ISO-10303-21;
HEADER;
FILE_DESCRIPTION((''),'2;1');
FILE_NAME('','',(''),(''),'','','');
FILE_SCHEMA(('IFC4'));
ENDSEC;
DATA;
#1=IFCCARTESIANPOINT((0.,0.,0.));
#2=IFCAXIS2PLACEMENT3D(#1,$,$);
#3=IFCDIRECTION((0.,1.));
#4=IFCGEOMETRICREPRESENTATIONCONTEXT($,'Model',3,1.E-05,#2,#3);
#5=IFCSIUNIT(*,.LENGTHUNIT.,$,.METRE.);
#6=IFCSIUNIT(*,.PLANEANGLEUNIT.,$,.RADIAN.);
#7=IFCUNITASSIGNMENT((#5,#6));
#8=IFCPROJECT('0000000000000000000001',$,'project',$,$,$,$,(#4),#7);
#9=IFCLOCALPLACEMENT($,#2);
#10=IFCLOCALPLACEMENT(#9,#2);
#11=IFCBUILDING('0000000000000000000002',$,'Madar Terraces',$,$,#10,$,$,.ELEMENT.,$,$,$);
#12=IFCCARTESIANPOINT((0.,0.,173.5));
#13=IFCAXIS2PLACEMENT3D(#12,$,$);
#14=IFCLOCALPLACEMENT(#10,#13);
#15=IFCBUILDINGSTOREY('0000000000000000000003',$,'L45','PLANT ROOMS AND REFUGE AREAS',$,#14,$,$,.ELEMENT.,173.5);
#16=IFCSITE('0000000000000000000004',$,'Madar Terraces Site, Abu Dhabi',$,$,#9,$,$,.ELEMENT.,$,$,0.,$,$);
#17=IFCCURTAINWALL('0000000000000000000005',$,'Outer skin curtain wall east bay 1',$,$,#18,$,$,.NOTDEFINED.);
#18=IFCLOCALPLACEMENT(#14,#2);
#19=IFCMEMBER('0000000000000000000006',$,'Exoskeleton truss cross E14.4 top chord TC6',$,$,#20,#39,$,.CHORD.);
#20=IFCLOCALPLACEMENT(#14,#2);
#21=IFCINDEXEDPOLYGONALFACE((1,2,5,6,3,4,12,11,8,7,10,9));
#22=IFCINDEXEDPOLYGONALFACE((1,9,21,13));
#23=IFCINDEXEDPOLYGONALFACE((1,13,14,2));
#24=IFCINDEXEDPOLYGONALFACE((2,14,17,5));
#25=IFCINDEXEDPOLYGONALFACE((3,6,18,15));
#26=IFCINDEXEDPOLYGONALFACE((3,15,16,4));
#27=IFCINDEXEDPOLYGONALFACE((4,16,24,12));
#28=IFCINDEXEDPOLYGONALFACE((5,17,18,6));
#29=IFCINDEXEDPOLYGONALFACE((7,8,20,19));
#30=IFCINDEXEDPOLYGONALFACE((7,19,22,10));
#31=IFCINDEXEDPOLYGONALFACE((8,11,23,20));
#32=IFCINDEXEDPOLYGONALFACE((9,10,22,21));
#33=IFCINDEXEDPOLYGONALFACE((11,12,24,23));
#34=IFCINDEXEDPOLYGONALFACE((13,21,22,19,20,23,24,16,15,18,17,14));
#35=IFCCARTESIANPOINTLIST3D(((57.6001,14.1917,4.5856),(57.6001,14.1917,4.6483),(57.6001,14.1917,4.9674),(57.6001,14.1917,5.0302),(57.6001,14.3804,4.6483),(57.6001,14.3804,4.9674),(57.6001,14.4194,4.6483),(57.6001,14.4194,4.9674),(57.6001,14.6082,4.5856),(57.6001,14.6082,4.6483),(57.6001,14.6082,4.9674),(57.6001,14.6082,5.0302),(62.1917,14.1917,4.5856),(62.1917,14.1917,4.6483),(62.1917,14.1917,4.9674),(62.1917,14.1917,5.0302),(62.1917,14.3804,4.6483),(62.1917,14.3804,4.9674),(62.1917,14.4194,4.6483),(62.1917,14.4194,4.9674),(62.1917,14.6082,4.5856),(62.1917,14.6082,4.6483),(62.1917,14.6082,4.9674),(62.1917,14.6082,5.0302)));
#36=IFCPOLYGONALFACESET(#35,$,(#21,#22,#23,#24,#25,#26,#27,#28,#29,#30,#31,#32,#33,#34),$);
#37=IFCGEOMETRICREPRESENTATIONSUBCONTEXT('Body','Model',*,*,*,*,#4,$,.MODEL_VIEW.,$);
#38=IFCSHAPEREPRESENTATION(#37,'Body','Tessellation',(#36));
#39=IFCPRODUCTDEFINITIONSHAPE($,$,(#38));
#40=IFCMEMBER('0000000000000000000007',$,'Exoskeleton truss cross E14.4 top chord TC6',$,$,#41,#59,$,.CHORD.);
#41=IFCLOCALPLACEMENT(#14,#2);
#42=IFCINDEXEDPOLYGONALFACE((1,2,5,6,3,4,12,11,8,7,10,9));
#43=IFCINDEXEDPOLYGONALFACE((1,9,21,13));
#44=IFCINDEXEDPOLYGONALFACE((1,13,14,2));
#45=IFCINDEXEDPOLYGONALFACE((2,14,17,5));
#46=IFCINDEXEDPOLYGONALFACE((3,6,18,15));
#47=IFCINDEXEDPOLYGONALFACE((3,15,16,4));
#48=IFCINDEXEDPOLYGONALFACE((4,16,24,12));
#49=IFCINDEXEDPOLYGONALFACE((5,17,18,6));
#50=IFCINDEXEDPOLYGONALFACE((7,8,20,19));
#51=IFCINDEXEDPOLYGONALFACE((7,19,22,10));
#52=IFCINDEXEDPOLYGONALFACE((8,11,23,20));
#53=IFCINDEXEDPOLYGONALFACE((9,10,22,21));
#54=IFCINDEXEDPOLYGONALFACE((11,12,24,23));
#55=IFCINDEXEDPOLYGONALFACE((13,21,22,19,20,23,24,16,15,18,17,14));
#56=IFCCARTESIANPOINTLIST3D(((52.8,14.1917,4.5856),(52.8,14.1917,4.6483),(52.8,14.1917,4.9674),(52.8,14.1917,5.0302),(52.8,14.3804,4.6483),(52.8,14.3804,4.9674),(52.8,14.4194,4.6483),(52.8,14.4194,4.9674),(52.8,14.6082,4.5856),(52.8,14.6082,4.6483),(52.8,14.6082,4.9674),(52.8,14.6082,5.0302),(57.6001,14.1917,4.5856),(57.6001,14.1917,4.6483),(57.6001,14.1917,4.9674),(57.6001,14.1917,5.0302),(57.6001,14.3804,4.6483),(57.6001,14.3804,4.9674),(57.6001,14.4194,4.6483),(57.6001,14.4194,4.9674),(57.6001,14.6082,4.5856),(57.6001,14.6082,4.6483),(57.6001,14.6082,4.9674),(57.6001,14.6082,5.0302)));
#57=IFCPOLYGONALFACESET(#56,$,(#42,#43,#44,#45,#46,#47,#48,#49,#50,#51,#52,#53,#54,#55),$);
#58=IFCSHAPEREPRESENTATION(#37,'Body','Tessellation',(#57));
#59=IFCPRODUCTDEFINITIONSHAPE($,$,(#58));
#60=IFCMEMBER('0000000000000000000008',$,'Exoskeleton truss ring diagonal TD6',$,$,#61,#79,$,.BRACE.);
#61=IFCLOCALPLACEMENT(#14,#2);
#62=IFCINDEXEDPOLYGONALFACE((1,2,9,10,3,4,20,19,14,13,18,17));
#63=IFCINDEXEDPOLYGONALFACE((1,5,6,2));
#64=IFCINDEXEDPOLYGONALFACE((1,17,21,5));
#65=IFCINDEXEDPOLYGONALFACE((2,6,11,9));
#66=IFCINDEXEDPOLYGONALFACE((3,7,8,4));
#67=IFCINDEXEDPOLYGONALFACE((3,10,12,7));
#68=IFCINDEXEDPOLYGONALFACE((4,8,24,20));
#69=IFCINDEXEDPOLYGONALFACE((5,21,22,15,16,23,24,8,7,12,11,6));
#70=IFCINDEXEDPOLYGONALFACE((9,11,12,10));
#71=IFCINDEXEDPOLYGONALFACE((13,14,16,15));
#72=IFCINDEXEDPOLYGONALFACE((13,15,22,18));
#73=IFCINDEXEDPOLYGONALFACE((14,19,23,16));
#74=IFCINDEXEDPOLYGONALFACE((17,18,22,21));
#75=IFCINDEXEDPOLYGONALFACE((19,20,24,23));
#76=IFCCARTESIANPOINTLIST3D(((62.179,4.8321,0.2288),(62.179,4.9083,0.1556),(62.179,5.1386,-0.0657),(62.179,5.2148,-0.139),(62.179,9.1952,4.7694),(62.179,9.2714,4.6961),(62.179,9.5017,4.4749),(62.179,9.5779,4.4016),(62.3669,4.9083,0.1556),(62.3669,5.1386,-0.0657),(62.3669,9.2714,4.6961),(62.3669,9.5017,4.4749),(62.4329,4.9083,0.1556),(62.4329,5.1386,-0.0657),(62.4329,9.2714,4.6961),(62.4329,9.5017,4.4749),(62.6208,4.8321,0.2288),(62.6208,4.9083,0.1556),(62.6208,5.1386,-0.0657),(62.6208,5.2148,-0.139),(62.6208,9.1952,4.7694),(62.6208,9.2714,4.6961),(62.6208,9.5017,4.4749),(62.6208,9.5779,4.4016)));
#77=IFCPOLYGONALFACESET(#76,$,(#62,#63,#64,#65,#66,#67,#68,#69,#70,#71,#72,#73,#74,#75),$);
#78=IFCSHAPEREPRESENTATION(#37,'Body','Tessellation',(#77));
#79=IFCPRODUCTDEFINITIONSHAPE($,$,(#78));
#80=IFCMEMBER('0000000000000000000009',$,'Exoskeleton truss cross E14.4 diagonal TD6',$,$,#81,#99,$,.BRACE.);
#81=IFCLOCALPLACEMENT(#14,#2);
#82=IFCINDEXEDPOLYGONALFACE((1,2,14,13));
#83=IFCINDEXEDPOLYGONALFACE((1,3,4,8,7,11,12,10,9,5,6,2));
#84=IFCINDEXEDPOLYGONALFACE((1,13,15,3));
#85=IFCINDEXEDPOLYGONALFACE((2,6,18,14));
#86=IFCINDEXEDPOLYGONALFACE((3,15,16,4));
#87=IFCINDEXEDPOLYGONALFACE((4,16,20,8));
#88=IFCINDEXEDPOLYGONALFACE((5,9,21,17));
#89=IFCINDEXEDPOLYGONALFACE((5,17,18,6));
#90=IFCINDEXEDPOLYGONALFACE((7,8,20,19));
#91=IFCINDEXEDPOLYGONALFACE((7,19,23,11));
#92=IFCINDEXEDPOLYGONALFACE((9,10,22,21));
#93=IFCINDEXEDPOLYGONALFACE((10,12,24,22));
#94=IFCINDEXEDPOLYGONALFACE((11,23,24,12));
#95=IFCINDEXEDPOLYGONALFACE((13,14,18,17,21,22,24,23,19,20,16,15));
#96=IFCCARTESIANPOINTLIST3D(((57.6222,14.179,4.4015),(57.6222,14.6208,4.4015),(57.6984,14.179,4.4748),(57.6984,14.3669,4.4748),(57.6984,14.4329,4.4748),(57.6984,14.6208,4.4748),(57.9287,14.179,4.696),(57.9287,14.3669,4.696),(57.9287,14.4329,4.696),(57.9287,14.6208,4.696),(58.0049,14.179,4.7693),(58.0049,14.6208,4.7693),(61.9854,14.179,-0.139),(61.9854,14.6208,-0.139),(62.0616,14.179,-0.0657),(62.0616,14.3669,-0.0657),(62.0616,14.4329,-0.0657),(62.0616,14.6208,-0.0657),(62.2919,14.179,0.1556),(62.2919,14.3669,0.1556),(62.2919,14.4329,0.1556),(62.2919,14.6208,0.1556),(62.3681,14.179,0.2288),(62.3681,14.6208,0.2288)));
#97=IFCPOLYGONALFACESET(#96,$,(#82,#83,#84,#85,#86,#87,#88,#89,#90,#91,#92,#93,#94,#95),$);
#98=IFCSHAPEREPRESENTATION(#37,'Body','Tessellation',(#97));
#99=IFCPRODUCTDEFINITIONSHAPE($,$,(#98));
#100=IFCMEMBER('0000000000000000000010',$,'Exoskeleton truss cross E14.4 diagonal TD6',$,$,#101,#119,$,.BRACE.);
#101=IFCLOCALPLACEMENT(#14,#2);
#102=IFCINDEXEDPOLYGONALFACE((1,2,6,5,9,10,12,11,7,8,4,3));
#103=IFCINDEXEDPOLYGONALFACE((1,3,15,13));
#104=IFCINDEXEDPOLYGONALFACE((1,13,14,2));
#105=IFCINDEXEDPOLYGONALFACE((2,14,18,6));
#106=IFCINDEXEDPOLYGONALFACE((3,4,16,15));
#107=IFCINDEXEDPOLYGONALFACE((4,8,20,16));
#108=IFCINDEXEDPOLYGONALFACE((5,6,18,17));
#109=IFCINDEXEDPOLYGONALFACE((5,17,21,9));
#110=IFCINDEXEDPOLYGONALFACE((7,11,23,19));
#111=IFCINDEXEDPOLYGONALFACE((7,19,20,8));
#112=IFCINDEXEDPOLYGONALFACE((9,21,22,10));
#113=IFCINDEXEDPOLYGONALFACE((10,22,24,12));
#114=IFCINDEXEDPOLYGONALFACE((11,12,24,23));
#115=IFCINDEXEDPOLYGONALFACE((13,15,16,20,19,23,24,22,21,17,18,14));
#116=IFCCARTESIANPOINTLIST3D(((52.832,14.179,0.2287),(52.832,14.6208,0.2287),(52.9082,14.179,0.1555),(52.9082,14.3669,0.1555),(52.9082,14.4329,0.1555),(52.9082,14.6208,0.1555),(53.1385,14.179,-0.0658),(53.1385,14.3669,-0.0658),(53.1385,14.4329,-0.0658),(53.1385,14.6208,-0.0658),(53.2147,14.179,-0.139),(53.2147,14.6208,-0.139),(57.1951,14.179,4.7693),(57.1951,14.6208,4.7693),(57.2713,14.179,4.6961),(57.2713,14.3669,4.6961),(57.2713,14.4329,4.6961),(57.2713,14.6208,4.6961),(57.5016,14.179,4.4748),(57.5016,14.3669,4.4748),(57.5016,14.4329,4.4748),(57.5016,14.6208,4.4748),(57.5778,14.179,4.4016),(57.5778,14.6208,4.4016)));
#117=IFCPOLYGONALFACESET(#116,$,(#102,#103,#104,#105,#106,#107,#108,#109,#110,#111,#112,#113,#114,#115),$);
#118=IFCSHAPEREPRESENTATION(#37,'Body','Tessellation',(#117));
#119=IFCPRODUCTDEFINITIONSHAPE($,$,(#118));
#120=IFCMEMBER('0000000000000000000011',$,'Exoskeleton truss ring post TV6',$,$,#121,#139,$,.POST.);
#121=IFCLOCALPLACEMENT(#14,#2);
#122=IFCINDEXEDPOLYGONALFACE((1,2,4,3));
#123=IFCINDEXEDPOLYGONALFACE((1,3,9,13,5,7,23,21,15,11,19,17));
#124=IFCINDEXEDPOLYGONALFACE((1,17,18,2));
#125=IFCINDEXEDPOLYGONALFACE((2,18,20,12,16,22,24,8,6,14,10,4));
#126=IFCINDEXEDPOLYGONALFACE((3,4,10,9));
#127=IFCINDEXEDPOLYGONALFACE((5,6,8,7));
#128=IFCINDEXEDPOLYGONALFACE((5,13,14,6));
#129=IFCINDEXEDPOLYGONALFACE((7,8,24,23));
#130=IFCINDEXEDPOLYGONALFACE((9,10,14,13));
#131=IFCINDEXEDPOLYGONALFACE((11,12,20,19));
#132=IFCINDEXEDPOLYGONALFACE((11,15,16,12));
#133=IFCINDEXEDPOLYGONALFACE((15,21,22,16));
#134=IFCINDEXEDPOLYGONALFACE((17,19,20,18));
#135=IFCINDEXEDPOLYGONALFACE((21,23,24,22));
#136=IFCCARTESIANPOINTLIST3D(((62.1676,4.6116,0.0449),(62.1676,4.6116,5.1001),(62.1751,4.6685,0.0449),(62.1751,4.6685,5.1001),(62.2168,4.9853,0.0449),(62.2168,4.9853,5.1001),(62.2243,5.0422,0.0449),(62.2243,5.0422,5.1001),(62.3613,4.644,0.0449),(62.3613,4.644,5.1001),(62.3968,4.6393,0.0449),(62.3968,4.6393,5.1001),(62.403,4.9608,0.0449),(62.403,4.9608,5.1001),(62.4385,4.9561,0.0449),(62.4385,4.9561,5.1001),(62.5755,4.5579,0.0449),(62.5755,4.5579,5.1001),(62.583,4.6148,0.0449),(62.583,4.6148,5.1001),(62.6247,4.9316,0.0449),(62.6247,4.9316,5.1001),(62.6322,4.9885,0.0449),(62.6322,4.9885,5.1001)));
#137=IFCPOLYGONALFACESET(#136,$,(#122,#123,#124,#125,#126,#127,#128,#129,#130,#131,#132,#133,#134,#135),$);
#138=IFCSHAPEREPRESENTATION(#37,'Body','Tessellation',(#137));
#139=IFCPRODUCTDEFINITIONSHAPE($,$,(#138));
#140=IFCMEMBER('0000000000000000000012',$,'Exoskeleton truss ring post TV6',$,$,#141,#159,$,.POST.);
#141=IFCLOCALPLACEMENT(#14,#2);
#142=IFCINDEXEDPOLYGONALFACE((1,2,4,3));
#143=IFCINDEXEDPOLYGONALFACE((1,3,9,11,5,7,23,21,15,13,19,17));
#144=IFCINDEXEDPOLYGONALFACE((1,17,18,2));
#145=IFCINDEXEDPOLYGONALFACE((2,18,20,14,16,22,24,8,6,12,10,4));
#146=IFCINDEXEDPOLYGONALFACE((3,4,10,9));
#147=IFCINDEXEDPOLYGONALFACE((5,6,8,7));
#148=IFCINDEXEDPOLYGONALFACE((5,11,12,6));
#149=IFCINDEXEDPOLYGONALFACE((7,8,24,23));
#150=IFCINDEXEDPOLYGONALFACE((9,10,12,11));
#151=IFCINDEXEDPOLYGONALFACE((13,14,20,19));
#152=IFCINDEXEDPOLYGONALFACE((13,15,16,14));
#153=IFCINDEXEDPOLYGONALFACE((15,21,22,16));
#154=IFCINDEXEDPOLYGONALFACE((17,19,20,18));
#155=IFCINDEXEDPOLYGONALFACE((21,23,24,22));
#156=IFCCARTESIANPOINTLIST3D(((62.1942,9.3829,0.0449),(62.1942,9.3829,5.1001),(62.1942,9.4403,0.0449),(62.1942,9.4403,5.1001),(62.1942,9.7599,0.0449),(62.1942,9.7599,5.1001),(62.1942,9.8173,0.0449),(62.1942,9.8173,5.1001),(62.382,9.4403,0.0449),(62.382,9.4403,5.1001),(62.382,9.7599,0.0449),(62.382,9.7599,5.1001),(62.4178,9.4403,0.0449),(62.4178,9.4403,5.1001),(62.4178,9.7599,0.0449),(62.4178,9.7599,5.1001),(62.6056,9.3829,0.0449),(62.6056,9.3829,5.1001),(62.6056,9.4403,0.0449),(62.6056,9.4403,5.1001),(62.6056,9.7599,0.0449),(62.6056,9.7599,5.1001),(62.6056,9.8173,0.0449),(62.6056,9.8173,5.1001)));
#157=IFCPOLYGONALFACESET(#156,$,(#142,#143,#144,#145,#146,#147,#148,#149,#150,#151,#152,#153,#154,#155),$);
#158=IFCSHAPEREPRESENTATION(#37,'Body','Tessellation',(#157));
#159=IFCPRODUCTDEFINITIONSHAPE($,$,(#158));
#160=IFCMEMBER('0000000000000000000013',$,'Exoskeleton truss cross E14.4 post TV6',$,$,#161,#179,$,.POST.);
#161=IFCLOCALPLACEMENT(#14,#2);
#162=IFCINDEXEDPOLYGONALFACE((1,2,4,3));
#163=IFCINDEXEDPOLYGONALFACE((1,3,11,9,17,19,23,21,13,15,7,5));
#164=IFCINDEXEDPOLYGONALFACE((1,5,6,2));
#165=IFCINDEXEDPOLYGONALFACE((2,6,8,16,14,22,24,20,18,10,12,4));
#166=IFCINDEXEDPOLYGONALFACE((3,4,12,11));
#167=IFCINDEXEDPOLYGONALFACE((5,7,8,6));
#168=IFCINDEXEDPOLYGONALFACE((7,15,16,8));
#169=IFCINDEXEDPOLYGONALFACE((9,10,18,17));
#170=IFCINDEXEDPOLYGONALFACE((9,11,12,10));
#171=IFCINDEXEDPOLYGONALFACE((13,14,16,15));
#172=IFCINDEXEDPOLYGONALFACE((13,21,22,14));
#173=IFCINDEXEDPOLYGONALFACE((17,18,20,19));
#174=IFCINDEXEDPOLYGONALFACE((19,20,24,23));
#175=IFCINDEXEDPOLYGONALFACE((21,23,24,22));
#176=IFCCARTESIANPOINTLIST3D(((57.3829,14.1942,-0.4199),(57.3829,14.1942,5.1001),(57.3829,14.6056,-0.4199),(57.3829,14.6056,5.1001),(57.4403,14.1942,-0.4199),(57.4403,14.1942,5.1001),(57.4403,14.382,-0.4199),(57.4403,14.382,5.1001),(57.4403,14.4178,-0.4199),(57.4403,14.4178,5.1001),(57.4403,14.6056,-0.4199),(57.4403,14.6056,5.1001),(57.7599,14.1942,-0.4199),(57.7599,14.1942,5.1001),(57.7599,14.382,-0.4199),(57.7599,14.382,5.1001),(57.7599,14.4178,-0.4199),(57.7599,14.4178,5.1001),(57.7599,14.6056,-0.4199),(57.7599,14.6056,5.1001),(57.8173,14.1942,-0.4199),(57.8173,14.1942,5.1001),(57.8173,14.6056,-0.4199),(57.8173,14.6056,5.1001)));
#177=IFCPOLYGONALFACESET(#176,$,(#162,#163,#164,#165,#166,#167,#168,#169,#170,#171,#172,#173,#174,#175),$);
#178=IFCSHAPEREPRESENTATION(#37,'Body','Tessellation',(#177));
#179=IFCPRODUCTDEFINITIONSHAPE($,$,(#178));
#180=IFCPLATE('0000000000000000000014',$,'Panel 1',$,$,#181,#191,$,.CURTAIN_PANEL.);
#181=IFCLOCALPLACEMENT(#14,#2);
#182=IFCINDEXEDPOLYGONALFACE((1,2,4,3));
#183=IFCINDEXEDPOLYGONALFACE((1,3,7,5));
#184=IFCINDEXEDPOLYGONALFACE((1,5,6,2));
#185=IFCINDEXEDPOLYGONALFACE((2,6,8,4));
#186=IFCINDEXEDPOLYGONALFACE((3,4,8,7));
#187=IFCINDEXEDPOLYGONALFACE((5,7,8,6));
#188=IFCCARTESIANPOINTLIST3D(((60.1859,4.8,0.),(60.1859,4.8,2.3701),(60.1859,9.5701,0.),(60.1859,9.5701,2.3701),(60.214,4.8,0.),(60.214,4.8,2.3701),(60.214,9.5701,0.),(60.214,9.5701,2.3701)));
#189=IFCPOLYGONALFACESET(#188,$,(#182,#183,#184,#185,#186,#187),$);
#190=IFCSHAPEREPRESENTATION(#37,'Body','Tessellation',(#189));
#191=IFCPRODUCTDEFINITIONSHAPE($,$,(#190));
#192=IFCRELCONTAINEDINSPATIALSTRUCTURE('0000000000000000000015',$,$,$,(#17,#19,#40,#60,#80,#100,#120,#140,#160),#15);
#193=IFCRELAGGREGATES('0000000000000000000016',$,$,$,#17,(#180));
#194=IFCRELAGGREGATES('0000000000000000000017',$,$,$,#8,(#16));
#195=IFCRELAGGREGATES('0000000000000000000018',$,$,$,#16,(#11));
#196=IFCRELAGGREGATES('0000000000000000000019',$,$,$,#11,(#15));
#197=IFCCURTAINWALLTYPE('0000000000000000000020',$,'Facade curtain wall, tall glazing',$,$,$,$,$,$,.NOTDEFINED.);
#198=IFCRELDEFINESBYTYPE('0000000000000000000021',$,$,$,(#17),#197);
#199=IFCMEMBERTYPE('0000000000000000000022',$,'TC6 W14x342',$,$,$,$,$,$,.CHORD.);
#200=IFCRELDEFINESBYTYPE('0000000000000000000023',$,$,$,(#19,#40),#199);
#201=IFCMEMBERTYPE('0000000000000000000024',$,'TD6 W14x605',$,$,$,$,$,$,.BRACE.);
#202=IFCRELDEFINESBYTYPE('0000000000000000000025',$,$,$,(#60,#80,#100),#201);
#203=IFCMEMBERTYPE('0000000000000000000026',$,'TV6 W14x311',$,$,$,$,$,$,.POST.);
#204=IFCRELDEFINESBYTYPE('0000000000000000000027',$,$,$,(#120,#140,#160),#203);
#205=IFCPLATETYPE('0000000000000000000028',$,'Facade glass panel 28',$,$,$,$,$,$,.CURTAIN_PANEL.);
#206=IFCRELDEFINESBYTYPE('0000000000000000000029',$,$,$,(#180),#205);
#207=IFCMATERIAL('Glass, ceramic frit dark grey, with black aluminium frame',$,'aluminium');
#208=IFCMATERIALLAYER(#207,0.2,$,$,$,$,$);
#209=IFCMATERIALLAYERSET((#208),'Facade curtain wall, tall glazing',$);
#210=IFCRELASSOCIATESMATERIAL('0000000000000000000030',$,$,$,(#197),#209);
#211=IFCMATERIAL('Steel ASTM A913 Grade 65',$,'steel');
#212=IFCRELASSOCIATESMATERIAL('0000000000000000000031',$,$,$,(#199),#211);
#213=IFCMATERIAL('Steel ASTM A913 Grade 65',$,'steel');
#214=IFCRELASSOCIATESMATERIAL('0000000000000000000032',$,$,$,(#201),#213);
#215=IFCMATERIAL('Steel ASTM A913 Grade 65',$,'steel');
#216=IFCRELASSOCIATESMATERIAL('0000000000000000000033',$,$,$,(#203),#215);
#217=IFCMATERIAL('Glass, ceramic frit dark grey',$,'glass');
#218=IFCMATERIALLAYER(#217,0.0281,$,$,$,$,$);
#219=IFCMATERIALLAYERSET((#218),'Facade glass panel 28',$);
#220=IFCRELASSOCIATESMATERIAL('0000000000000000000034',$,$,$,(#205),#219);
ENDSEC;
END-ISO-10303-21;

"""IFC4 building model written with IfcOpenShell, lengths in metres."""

from ifc_helpers import new_model, si_unit, direction, frame, origin, origin_2d, place, context, subcontext, project, spatial, rectangle, i_section, extrude, material, layer, layer_set, material_profile, profile_set, type_object, element, aggregate, save


model = new_model("IFC4")

# Units and contexts
model_context = context("Model", 3, precision=1e-05, world=origin(), true_north=direction((0.0, 1.0)))
body_context = subcontext(model_context, "Body", "Model", "MODEL_VIEW")
ifc_project = project(units=[si_unit("LENGTHUNIT", "METRE"), si_unit("PLANEANGLEUNIT", "RADIAN")], contexts=[model_context])

# Site, building, storey
site_placement = place(None, origin())
site = spatial("IfcSite", under=ifc_project, at=site_placement, Name="Madar Terraces Site, Abu Dhabi", CompositionType="ELEMENT", RefElevation=0.0)
building_placement = place(site_placement, origin())
building = spatial("IfcBuilding", under=site, at=building_placement, Name="Madar Terraces", CompositionType="ELEMENT")
storey_placement = place(building_placement, frame((0.0, 0.0, 173.5)))
storey = spatial("IfcBuildingStorey", under=building, at=storey_placement, Name="L45", Description="PLANT ROOMS AND REFUGE AREAS", CompositionType="ELEMENT", Elevation=173.5)

# Curtain wall
ifc_material_1 = material(Name="Glass, ceramic frit dark grey, with black aluminium frame", Category="aluminium")
ifc_layer_1 = layer(ifc_material_1, 0.2)
ifc_layer_set_1 = layer_set([ifc_layer_1], Name="Facade curtain wall, tall glazing")
curtain_wall_type = type_object("IfcCurtainWallType", Name="Facade curtain wall, tall glazing", PredefinedType="NOTDEFINED", material=ifc_layer_set_1)
curtain_wall_placement = place(storey_placement, origin())
curtain_wall = element("IfcCurtainWall", 1, at=curtain_wall_placement, inside=storey, type_object=curtain_wall_type, Name="Outer skin curtain wall east bay 1", PredefinedType="NOTDEFINED")

# Members
ifc_material_2 = material(Name="Steel ASTM A913 Grade 65", Category="steel")
ifc_material_profile_1 = material_profile(ifc_material_2, i_section(OverallWidth=0.4165, OverallDepth=0.4446, WebThickness=0.0391, FlangeThickness=0.0627, at=origin_2d()), Name="W14x342")
ifc_profile_set_1 = profile_set([ifc_material_profile_1], Name="Steel ASTM A913 Grade 65")
member_type_1 = type_object("IfcMemberType", Name="TC6 W14x342", PredefinedType="CHORD", material=ifc_profile_set_1)
member_1_placement = place(storey_placement, frame((62.1917, 14.3999, 4.8079), z_axis=(-1.0, 0.0, 0.0), x_axis=(0.0, -1.0, 0.0)))
element("IfcMember", 2, at=member_1_placement, inside=storey, type_object=member_type_1, Name="Exoskeleton truss cross E14.4 top chord TC6", PredefinedType="CHORD", context=body_context, shape_type="SweptSolid", body=[
    extrude(i_section(OverallWidth=0.4165, OverallDepth=0.4446, WebThickness=0.0391, FlangeThickness=0.0627, at=origin_2d()), origin(), (0.0, 0.0, 1.0), 4.5916),
])
member_2_placement = place(storey_placement, frame((57.6001, 14.3999, 4.8079), z_axis=(-1.0, 0.0, 0.0), x_axis=(0.0, -1.0, 0.0)))
element("IfcMember", 3, at=member_2_placement, inside=storey, type_object=member_type_1, Name="Exoskeleton truss cross E14.4 top chord TC6", PredefinedType="CHORD", context=body_context, shape_type="SweptSolid", body=[
    extrude(i_section(OverallWidth=0.4165, OverallDepth=0.4446, WebThickness=0.0391, FlangeThickness=0.0627, at=origin_2d()), origin(), (0.0, 0.0, 1.0), 4.8),
])
ifc_material_3 = material(Name="Steel ASTM A913 Grade 65", Category="steel")
ifc_material_profile_2 = material_profile(ifc_material_3, i_section(OverallWidth=0.4419, OverallDepth=0.5308, WebThickness=0.0659, FlangeThickness=0.1057, at=origin_2d()), Name="W14x605")
ifc_profile_set_2 = profile_set([ifc_material_profile_2], Name="Steel ASTM A913 Grade 65")
member_type_2 = type_object("IfcMemberType", Name="TD6 W14x605", PredefinedType="BRACE", material=ifc_profile_set_2)
for number, where, z_axis, x_axis, name in (
    (4, (62.3999, 5.0234, 0.0449), (0.0, 0.692873, 0.72106), (-1.0, 0.0, 0.0), "Exoskeleton truss ring diagonal TD6"),
    (5, (62.1768, 14.3999, 0.0449), (-0.692893, 0.0, 0.72104), (0.0, -1.0, 0.0), "Exoskeleton truss cross E14.4 diagonal TD6"),
    (6, (57.3865, 14.3999, 4.5854), (-0.692873, 0.0, -0.72106), (0.0, -1.0, 0.0), "Exoskeleton truss cross E14.4 diagonal TD6"),
):
    element("IfcMember", number, at=place(storey_placement, frame(where, z_axis=z_axis, x_axis=x_axis)), inside=storey, type_object=member_type_2, Name=name, PredefinedType="BRACE", context=body_context, shape_type="SweptSolid", body=[
        extrude(i_section(OverallWidth=0.4419, OverallDepth=0.5308, WebThickness=0.0659, FlangeThickness=0.1057, at=origin_2d()), origin(), (0.0, 0.0, 1.0), 6.2971),
    ])
ifc_material_4 = material(Name="Steel ASTM A913 Grade 65", Category="steel")
ifc_material_profile_3 = material_profile(ifc_material_4, i_section(OverallWidth=0.4114, OverallDepth=0.4343, WebThickness=0.0359, FlangeThickness=0.0574, at=origin_2d()), Name="W14x311")
ifc_profile_set_3 = profile_set([ifc_material_profile_3], Name="Steel ASTM A913 Grade 65")
member_type_3 = type_object("IfcMemberType", Name="TV6 W14x311", PredefinedType="POST", material=ifc_profile_set_3)
for number, where, z_axis, x_axis, name in (
    (7, (62.3999, 4.8, 0.0449), (0.0, 0.0, 1.0), (-0.991445, 0.130526, 0.0), "Exoskeleton truss ring post TV6"),
    (8, (62.3999, 9.6001, 0.0449), (0.0, 0.0, 1.0), (-1.0, 0.0, 0.0), "Exoskeleton truss ring post TV6"),
):
    element("IfcMember", number, at=place(storey_placement, frame(where, z_axis=z_axis, x_axis=x_axis)), inside=storey, type_object=member_type_3, Name=name, PredefinedType="POST", context=body_context, shape_type="SweptSolid", body=[
        extrude(i_section(OverallWidth=0.4114, OverallDepth=0.4343, WebThickness=0.0359, FlangeThickness=0.0574, at=origin_2d()), origin(), (0.0, 0.0, 1.0), 5.0552),
    ])
member_3_placement = place(storey_placement, frame((57.6001, 14.3999, -0.4199), z_axis=(0.0, 0.0, 1.0), x_axis=(0.0, 1.0, 0.0)))
element("IfcMember", 9, at=member_3_placement, inside=storey, type_object=member_type_3, Name="Exoskeleton truss cross E14.4 post TV6", PredefinedType="POST", context=body_context, shape_type="SweptSolid", body=[
    extrude(i_section(OverallWidth=0.4114, OverallDepth=0.4343, WebThickness=0.0359, FlangeThickness=0.0574, at=origin_2d()), origin(), (0.0, 0.0, 1.0), 5.52),
])

# Plate
ifc_material_5 = material(Name="Glass, ceramic frit dark grey", Category="glass")
ifc_layer_2 = layer(ifc_material_5, 0.0281)
ifc_layer_set_2 = layer_set([ifc_layer_2], Name="Facade glass panel 28")
plate_type = type_object("IfcPlateType", Name="Facade glass panel 28", PredefinedType="CURTAIN_PANEL", material=ifc_layer_set_2)
plate_1_placement = place(storey_placement, frame((60.2, 7.1851, 0.0), z_axis=(0.0, 0.0, 1.0), x_axis=(0.0, 1.0, 0.0)))
plate_1 = element("IfcPlate", 10, at=plate_1_placement, type_object=plate_type, Name="Panel 1", PredefinedType="CURTAIN_PANEL", context=body_context, shape_type="SweptSolid", body=[
    extrude(rectangle(XDim=4.77, YDim=0.0281, at=origin_2d()), origin(), (0.0, 0.0, 1.0), 2.3701),
])
aggregate(curtain_wall, [plate_1])

save(model, "model.ifc")
